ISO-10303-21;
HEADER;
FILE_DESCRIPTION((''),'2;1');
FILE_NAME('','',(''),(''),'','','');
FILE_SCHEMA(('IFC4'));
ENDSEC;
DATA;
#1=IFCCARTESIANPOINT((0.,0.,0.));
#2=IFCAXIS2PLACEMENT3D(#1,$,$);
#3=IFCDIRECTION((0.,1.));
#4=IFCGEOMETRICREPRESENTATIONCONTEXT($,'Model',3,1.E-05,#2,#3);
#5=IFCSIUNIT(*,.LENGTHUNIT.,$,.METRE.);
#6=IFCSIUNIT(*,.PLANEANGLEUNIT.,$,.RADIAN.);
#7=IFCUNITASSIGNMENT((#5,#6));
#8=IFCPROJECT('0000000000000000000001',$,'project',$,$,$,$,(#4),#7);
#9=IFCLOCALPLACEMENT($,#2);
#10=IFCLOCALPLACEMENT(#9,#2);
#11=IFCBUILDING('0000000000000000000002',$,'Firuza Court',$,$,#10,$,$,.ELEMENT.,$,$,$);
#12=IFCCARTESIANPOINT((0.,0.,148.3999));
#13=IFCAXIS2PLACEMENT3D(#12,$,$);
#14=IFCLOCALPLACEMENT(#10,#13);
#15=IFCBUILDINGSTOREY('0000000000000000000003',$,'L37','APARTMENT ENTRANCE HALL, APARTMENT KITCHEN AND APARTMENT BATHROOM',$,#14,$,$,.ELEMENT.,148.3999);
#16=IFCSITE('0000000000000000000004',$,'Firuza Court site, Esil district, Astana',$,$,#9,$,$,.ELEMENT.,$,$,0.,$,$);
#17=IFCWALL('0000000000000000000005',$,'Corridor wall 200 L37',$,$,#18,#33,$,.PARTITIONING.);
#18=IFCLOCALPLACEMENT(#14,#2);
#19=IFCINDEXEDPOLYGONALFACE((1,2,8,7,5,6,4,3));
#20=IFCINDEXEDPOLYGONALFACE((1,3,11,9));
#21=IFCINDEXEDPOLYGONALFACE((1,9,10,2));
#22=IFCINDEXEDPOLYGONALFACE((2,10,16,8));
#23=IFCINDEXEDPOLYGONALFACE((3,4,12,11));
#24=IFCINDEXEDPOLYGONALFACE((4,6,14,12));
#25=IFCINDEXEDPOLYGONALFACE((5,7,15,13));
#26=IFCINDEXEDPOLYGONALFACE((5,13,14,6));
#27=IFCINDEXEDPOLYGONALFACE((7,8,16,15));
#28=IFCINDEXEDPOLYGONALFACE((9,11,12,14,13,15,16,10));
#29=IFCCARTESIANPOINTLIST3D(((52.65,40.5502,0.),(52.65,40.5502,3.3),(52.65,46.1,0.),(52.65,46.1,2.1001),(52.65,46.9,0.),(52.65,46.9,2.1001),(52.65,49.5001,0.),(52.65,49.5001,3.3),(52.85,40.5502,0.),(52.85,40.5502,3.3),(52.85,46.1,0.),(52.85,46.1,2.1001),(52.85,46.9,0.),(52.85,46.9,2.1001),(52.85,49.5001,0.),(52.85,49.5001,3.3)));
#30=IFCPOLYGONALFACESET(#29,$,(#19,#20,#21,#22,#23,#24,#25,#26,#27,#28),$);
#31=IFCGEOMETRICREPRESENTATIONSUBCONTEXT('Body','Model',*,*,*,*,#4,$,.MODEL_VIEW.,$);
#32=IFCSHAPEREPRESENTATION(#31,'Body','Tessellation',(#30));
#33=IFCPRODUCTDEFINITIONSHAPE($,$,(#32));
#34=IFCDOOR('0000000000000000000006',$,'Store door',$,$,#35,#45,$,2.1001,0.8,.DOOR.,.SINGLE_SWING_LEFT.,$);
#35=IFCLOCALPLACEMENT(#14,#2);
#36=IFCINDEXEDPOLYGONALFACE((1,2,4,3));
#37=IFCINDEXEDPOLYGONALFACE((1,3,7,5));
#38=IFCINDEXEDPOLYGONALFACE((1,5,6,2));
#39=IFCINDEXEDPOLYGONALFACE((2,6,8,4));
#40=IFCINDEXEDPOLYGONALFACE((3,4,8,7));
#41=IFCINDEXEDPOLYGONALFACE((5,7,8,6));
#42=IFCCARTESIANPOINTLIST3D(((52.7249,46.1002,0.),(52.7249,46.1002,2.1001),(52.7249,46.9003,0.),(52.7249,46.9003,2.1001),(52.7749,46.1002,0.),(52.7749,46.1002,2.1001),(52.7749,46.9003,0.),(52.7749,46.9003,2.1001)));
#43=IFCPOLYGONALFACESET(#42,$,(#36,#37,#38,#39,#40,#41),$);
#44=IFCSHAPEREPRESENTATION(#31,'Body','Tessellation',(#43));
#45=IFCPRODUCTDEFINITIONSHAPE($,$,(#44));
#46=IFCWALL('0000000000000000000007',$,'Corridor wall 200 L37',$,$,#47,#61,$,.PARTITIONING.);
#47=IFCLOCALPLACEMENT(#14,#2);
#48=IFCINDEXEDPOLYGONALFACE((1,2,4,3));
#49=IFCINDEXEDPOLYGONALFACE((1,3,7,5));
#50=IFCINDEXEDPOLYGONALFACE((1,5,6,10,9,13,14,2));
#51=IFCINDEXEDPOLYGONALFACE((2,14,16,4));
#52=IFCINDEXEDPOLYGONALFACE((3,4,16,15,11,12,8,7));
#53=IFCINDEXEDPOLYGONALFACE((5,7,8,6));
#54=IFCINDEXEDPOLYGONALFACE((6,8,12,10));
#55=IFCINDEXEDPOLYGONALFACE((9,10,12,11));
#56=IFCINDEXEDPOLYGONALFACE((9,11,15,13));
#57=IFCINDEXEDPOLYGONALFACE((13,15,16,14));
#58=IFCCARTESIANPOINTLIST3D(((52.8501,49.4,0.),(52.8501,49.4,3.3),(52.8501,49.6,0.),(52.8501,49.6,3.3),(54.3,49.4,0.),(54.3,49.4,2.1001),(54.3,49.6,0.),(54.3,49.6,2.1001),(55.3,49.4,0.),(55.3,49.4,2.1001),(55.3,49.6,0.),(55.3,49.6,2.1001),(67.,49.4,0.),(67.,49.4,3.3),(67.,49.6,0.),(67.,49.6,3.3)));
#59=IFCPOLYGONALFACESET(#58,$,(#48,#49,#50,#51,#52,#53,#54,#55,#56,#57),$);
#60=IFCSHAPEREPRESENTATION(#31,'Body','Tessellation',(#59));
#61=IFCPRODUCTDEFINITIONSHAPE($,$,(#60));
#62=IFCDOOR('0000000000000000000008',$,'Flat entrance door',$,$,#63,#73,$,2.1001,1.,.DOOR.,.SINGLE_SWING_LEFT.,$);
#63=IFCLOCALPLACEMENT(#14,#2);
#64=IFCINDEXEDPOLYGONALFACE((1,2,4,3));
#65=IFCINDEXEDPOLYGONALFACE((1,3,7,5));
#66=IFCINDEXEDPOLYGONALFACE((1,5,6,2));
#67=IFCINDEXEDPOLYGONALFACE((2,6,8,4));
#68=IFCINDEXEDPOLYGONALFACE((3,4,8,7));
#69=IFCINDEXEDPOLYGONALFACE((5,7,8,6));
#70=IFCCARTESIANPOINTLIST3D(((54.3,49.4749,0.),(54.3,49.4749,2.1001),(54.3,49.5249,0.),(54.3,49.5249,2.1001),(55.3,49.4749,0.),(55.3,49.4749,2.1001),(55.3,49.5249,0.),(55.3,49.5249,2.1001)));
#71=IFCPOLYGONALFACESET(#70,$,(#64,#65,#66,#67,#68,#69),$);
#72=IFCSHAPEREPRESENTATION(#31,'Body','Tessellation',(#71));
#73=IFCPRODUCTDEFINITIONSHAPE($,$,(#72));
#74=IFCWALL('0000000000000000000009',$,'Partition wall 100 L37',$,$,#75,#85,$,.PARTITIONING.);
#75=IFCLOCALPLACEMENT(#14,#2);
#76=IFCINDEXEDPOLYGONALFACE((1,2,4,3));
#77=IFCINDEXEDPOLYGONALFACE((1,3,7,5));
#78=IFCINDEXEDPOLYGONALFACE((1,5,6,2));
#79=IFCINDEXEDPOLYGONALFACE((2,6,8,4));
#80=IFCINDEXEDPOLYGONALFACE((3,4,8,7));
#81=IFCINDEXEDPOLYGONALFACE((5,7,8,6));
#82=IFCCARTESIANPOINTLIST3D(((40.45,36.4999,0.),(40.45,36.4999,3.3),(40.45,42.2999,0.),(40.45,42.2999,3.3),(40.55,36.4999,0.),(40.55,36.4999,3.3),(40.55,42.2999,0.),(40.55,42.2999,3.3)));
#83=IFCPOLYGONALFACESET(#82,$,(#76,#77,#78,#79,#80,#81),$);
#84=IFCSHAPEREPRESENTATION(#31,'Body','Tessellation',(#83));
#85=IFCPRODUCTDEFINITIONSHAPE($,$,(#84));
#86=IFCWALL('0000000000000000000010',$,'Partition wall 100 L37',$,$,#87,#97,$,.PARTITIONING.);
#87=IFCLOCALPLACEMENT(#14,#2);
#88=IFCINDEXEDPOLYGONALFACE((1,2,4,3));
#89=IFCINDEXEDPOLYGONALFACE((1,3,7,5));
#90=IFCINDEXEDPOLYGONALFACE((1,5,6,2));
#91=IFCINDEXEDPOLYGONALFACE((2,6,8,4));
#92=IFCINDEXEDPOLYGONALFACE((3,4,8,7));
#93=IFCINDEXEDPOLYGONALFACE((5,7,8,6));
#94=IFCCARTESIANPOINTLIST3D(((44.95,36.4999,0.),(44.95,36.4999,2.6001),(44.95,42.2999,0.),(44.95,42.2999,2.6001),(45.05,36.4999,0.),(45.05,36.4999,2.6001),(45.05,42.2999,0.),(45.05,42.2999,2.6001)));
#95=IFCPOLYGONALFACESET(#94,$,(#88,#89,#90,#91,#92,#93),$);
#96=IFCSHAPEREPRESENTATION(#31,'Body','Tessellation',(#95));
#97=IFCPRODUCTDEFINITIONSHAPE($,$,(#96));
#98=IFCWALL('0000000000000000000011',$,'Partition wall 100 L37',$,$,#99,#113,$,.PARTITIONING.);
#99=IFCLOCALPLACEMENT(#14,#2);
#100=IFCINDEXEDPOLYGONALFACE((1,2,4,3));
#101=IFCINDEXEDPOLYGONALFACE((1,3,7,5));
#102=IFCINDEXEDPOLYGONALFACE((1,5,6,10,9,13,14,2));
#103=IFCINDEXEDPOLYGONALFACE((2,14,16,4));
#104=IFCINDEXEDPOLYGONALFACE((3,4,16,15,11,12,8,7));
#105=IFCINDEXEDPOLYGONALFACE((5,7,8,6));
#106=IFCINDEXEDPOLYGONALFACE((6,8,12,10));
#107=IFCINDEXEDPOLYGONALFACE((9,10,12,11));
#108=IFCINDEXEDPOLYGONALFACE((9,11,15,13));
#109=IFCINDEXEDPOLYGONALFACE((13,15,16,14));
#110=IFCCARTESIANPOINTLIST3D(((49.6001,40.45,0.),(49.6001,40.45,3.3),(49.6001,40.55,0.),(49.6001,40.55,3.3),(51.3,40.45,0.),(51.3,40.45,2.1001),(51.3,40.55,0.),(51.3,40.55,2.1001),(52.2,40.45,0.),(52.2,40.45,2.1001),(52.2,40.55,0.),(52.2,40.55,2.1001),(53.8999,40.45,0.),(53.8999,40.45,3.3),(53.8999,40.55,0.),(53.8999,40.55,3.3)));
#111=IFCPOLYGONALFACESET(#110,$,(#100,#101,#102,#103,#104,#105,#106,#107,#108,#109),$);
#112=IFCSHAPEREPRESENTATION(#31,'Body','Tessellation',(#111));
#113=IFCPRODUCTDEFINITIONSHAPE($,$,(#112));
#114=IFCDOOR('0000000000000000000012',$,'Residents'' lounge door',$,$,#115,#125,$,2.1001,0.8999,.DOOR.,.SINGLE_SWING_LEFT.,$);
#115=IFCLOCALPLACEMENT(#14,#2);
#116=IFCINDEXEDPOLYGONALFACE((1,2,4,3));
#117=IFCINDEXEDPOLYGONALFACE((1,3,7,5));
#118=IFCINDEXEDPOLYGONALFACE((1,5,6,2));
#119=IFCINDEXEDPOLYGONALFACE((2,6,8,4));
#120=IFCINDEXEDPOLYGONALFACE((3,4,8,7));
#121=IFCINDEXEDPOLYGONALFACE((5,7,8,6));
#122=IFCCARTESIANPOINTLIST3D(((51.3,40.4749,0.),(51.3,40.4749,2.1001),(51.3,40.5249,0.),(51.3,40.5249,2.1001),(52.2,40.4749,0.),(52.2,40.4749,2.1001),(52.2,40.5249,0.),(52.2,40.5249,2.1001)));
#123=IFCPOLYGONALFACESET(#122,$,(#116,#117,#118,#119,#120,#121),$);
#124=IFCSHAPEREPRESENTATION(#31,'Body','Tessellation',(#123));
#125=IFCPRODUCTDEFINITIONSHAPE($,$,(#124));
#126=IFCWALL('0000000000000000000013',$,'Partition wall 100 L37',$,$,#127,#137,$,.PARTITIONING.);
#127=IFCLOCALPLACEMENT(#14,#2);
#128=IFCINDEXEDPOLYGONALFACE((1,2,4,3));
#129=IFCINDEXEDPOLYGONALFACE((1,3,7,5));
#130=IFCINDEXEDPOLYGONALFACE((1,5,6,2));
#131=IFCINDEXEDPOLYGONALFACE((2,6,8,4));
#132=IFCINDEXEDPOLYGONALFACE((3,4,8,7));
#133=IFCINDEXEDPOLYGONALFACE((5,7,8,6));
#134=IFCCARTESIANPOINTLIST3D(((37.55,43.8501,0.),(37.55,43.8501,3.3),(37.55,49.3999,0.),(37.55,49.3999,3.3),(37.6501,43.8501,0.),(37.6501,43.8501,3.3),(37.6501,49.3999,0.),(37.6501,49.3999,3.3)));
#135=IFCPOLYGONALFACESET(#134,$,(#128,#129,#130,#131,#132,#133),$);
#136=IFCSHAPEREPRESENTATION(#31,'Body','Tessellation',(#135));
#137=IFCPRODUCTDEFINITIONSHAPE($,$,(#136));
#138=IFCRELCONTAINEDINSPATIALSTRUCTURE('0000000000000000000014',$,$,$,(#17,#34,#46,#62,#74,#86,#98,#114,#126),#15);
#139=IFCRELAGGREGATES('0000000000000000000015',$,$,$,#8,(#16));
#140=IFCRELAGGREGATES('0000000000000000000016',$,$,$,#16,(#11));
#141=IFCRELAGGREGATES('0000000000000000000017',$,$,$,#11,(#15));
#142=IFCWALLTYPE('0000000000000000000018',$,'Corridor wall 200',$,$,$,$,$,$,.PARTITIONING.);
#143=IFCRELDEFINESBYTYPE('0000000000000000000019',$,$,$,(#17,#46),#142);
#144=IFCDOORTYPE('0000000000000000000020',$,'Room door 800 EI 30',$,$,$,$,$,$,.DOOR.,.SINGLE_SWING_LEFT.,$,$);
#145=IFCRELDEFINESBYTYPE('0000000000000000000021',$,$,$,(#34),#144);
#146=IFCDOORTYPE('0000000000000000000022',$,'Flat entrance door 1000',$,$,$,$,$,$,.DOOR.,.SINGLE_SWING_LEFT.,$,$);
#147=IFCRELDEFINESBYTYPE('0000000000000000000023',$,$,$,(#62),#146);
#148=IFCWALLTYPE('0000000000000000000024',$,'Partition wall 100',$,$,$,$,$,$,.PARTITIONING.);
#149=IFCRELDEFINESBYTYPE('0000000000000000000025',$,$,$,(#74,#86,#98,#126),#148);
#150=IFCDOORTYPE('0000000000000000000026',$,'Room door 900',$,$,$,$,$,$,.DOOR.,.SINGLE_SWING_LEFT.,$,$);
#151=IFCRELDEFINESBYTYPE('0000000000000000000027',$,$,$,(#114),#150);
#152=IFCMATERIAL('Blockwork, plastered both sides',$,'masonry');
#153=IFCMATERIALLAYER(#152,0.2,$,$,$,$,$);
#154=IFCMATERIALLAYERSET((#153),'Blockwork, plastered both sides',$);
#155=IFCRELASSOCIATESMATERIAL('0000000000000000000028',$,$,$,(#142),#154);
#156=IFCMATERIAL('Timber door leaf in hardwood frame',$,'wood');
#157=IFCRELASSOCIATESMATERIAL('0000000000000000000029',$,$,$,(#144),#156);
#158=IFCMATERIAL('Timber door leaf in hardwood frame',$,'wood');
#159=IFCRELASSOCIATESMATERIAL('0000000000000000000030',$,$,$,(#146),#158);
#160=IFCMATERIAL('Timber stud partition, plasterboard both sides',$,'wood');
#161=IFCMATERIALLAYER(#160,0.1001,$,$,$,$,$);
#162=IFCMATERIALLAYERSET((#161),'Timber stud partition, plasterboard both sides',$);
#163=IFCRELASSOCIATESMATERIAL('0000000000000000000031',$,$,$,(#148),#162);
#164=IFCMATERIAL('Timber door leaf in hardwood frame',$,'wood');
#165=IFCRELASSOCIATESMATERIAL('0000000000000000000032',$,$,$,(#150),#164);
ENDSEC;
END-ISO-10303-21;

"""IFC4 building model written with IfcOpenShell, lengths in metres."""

from ifc_helpers import new_model, si_unit, direction, frame, frame_2d, origin, place, context, subcontext, project, spatial, rectangle, extrude, material, layer, layer_set, type_object, element, fill, save


model = new_model("IFC4")

# Units and contexts
model_context = context("Model", 3, precision=1e-05, world=origin(), true_north=direction((0.0, 1.0)))
body_context = subcontext(model_context, "Body", "Model", "MODEL_VIEW")
ifc_project = project(units=[si_unit("LENGTHUNIT", "METRE"), si_unit("PLANEANGLEUNIT", "RADIAN")], contexts=[model_context])

# Site, building, storey
site_placement = place(None, origin())
site = spatial("IfcSite", under=ifc_project, at=site_placement, Name="Firuza Court site, Esil district, Astana", CompositionType="ELEMENT", RefElevation=0.0)
building_placement = place(site_placement, origin())
building = spatial("IfcBuilding", under=site, at=building_placement, Name="Firuza Court", CompositionType="ELEMENT")
storey_placement = place(building_placement, frame((0.0, 0.0, 148.3999)))
storey = spatial("IfcBuildingStorey", under=building, at=storey_placement, Name="L37", Description="APARTMENT ENTRANCE HALL, APARTMENT KITCHEN AND APARTMENT BATHROOM", CompositionType="ELEMENT", Elevation=148.3999)

# Walls, openings, doors
ifc_material_1 = material(Name="Blockwork, plastered both sides", Category="masonry")
ifc_layer_1 = layer(ifc_material_1, 0.2)
ifc_layer_set_1 = layer_set([ifc_layer_1], Name="Blockwork, plastered both sides")
wall_type_1 = type_object("IfcWallType", Name="Corridor wall 200", PredefinedType="PARTITIONING", material=ifc_layer_set_1)
ifc_material_2 = material(Name="Timber door leaf in hardwood frame", Category="wood")
door_type_1 = type_object("IfcDoorType", Name="Room door 800 EI 30", OperationType="SINGLE_SWING_LEFT", PredefinedType="DOOR", material=ifc_material_2)
wall_1_placement = place(storey_placement, frame((52.75, 40.55, 0.0), z_axis=(0.0, 0.0, 1.0), x_axis=(0.0, 1.0, 0.0)))
wall_1 = element("IfcWall", 1, at=wall_1_placement, inside=storey, type_object=wall_type_1, Name="Corridor wall 200 L37", PredefinedType="PARTITIONING", context=body_context, shape_type="SweptSolid", body=[
    extrude(rectangle(XDim=8.95, YDim=0.2, at=frame_2d((4.4751, 0.0))), origin(), (0.0, 0.0, 1.0), 3.3),
])
opening_1_placement = place(wall_1_placement, frame((5.55, 0.0, 0.0)))
opening_1 = element("IfcOpeningElement", 2, at=opening_1_placement, cuts=wall_1, PredefinedType="OPENING", context=body_context, shape_type="SweptSolid", body=[
    extrude(rectangle(XDim=0.8, YDim=2.1001, at=frame_2d((0.3999, 1.05))), frame((0.0, 0.1118, 0.0), z_axis=(0.0, -1.0, 0.0), x_axis=(1.0, 0.0, 0.0)), (0.0, 0.0, 1.0), 0.2239),
])
door_1_placement = place(opening_1_placement, frame((0.8, 0.0, 0.0), z_axis=(0.0, 0.0, 1.0), x_axis=(-1.0, 0.0, 0.0)))
door_1 = element("IfcDoor", 3, at=door_1_placement, inside=storey, type_object=door_type_1, Name="Store door", OperationType="SINGLE_SWING_LEFT", OverallHeight=2.1001, OverallWidth=0.8, PredefinedType="DOOR", context=body_context, shape_type="SweptSolid", body=[
    extrude(rectangle(XDim=0.8, YDim=2.1001, at=frame_2d((0.3999, 1.05))), frame((0.0, 0.0249, 0.0), z_axis=(0.0, -1.0, 0.0), x_axis=(1.0, 0.0, 0.0)), (0.0, 0.0, 1.0), 0.05),
])
fill(opening_1, door_1)
wall_2_placement = place(storey_placement, frame((52.8501, 49.5, 0.0), z_axis=(0.0, 0.0, 1.0), x_axis=(1.0, 0.0, 0.0)))
wall_2 = element("IfcWall", 4, at=wall_2_placement, inside=storey, type_object=wall_type_1, Name="Corridor wall 200 L37", PredefinedType="PARTITIONING", context=body_context, shape_type="SweptSolid", body=[
    extrude(rectangle(XDim=14.1499, YDim=0.2, at=frame_2d((7.075, 0.0))), origin(), (0.0, 0.0, 1.0), 3.3),
])
opening_2_placement = place(wall_2_placement, frame((1.45, 0.0, 0.0)))
opening_2 = element("IfcOpeningElement", 5, at=opening_2_placement, cuts=wall_2, PredefinedType="OPENING", context=body_context, shape_type="SweptSolid", body=[
    extrude(rectangle(XDim=1.0, YDim=2.1001, at=frame_2d((0.5, 1.05))), frame((0.0, 0.1118, 0.0), z_axis=(0.0, -1.0, 0.0), x_axis=(1.0, 0.0, 0.0)), (0.0, 0.0, 1.0), 0.2239),
])
ifc_material_3 = material(Name="Timber door leaf in hardwood frame", Category="wood")
door_type_2 = type_object("IfcDoorType", Name="Flat entrance door 1000", OperationType="SINGLE_SWING_LEFT", PredefinedType="DOOR", material=ifc_material_3)
door_2_placement = place(opening_2_placement, origin())
door_2 = element("IfcDoor", 6, at=door_2_placement, inside=storey, type_object=door_type_2, Name="Flat entrance door", OperationType="SINGLE_SWING_LEFT", OverallHeight=2.1001, OverallWidth=1.0, PredefinedType="DOOR", context=body_context, shape_type="SweptSolid", body=[
    extrude(rectangle(XDim=1.0, YDim=2.1001, at=frame_2d((0.5, 1.05))), frame((0.0, 0.0249, 0.0), z_axis=(0.0, -1.0, 0.0), x_axis=(1.0, 0.0, 0.0)), (0.0, 0.0, 1.0), 0.05),
])
fill(opening_2, door_2)

# Walls
ifc_material_4 = material(Name="Timber stud partition, plasterboard both sides", Category="wood")
ifc_layer_2 = layer(ifc_material_4, 0.1001)
ifc_layer_set_2 = layer_set([ifc_layer_2], Name="Timber stud partition, plasterboard both sides")
wall_type_2 = type_object("IfcWallType", Name="Partition wall 100", PredefinedType="PARTITIONING", material=ifc_layer_set_2)
wall_3_placement = place(storey_placement, frame((40.5, 36.5, 0.0), z_axis=(0.0, 0.0, 1.0), x_axis=(0.0, 1.0, 0.0)))
element("IfcWall", 7, at=wall_3_placement, inside=storey, type_object=wall_type_2, Name="Partition wall 100 L37", PredefinedType="PARTITIONING", context=body_context, shape_type="SweptSolid", body=[
    extrude(rectangle(XDim=5.8, YDim=0.1001, at=frame_2d((2.8999, 0.0))), origin(), (0.0, 0.0, 1.0), 3.3),
])
wall_4_placement = place(storey_placement, frame((45.0, 36.5, 0.0), z_axis=(0.0, 0.0, 1.0), x_axis=(0.0, 1.0, 0.0)))
element("IfcWall", 8, at=wall_4_placement, inside=storey, type_object=wall_type_2, Name="Partition wall 100 L37", PredefinedType="PARTITIONING", context=body_context, shape_type="SweptSolid", body=[
    extrude(rectangle(XDim=5.8, YDim=0.1001, at=frame_2d((2.8999, 0.0))), origin(), (0.0, 0.0, 1.0), 2.6001),
])

# Wall, opening, door
wall_5_placement = place(storey_placement, frame((49.6001, 40.5, 0.0), z_axis=(0.0, 0.0, 1.0), x_axis=(1.0, 0.0, 0.0)))
wall_5 = element("IfcWall", 9, at=wall_5_placement, inside=storey, type_object=wall_type_2, Name="Partition wall 100 L37", PredefinedType="PARTITIONING", context=body_context, shape_type="SweptSolid", body=[
    extrude(rectangle(XDim=4.2998, YDim=0.1001, at=frame_2d((2.1499, 0.0))), origin(), (0.0, 0.0, 1.0), 3.3),
])
opening_3_placement = place(wall_5_placement, frame((1.7, 0.0, 0.0)))
opening_3 = element("IfcOpeningElement", 10, at=opening_3_placement, cuts=wall_5, PredefinedType="OPENING", context=body_context, shape_type="SweptSolid", body=[
    extrude(rectangle(XDim=0.8999, YDim=2.1001, at=frame_2d((0.45, 1.05))), frame((0.0, 0.062, 0.0), z_axis=(0.0, -1.0, 0.0), x_axis=(1.0, 0.0, 0.0)), (0.0, 0.0, 1.0), 0.124),
])
ifc_material_5 = material(Name="Timber door leaf in hardwood frame", Category="wood")
door_type_3 = type_object("IfcDoorType", Name="Room door 900", OperationType="SINGLE_SWING_LEFT", PredefinedType="DOOR", material=ifc_material_5)
door_3_placement = place(opening_3_placement, origin())
door_3 = element("IfcDoor", 11, at=door_3_placement, inside=storey, type_object=door_type_3, Name="Residents' lounge door", OperationType="SINGLE_SWING_LEFT", OverallHeight=2.1001, OverallWidth=0.8999, PredefinedType="DOOR", context=body_context, shape_type="SweptSolid", body=[
    extrude(rectangle(XDim=0.8999, YDim=2.1001, at=frame_2d((0.45, 1.05))), frame((0.0, 0.0249, 0.0), z_axis=(0.0, -1.0, 0.0), x_axis=(1.0, 0.0, 0.0)), (0.0, 0.0, 1.0), 0.05),
])
fill(opening_3, door_3)

# Wall
wall_6_placement = place(storey_placement, frame((37.6001, 43.8501, 0.0), z_axis=(0.0, 0.0, 1.0), x_axis=(0.0, 1.0, 0.0)))
element("IfcWall", 12, at=wall_6_placement, inside=storey, type_object=wall_type_2, Name="Partition wall 100 L37", PredefinedType="PARTITIONING", context=body_context, shape_type="SweptSolid", body=[
    extrude(rectangle(XDim=5.5498, YDim=0.1001, at=frame_2d((2.7749, 0.0))), origin(), (0.0, 0.0, 1.0), 3.3),
])

save(model, "model.ifc")
